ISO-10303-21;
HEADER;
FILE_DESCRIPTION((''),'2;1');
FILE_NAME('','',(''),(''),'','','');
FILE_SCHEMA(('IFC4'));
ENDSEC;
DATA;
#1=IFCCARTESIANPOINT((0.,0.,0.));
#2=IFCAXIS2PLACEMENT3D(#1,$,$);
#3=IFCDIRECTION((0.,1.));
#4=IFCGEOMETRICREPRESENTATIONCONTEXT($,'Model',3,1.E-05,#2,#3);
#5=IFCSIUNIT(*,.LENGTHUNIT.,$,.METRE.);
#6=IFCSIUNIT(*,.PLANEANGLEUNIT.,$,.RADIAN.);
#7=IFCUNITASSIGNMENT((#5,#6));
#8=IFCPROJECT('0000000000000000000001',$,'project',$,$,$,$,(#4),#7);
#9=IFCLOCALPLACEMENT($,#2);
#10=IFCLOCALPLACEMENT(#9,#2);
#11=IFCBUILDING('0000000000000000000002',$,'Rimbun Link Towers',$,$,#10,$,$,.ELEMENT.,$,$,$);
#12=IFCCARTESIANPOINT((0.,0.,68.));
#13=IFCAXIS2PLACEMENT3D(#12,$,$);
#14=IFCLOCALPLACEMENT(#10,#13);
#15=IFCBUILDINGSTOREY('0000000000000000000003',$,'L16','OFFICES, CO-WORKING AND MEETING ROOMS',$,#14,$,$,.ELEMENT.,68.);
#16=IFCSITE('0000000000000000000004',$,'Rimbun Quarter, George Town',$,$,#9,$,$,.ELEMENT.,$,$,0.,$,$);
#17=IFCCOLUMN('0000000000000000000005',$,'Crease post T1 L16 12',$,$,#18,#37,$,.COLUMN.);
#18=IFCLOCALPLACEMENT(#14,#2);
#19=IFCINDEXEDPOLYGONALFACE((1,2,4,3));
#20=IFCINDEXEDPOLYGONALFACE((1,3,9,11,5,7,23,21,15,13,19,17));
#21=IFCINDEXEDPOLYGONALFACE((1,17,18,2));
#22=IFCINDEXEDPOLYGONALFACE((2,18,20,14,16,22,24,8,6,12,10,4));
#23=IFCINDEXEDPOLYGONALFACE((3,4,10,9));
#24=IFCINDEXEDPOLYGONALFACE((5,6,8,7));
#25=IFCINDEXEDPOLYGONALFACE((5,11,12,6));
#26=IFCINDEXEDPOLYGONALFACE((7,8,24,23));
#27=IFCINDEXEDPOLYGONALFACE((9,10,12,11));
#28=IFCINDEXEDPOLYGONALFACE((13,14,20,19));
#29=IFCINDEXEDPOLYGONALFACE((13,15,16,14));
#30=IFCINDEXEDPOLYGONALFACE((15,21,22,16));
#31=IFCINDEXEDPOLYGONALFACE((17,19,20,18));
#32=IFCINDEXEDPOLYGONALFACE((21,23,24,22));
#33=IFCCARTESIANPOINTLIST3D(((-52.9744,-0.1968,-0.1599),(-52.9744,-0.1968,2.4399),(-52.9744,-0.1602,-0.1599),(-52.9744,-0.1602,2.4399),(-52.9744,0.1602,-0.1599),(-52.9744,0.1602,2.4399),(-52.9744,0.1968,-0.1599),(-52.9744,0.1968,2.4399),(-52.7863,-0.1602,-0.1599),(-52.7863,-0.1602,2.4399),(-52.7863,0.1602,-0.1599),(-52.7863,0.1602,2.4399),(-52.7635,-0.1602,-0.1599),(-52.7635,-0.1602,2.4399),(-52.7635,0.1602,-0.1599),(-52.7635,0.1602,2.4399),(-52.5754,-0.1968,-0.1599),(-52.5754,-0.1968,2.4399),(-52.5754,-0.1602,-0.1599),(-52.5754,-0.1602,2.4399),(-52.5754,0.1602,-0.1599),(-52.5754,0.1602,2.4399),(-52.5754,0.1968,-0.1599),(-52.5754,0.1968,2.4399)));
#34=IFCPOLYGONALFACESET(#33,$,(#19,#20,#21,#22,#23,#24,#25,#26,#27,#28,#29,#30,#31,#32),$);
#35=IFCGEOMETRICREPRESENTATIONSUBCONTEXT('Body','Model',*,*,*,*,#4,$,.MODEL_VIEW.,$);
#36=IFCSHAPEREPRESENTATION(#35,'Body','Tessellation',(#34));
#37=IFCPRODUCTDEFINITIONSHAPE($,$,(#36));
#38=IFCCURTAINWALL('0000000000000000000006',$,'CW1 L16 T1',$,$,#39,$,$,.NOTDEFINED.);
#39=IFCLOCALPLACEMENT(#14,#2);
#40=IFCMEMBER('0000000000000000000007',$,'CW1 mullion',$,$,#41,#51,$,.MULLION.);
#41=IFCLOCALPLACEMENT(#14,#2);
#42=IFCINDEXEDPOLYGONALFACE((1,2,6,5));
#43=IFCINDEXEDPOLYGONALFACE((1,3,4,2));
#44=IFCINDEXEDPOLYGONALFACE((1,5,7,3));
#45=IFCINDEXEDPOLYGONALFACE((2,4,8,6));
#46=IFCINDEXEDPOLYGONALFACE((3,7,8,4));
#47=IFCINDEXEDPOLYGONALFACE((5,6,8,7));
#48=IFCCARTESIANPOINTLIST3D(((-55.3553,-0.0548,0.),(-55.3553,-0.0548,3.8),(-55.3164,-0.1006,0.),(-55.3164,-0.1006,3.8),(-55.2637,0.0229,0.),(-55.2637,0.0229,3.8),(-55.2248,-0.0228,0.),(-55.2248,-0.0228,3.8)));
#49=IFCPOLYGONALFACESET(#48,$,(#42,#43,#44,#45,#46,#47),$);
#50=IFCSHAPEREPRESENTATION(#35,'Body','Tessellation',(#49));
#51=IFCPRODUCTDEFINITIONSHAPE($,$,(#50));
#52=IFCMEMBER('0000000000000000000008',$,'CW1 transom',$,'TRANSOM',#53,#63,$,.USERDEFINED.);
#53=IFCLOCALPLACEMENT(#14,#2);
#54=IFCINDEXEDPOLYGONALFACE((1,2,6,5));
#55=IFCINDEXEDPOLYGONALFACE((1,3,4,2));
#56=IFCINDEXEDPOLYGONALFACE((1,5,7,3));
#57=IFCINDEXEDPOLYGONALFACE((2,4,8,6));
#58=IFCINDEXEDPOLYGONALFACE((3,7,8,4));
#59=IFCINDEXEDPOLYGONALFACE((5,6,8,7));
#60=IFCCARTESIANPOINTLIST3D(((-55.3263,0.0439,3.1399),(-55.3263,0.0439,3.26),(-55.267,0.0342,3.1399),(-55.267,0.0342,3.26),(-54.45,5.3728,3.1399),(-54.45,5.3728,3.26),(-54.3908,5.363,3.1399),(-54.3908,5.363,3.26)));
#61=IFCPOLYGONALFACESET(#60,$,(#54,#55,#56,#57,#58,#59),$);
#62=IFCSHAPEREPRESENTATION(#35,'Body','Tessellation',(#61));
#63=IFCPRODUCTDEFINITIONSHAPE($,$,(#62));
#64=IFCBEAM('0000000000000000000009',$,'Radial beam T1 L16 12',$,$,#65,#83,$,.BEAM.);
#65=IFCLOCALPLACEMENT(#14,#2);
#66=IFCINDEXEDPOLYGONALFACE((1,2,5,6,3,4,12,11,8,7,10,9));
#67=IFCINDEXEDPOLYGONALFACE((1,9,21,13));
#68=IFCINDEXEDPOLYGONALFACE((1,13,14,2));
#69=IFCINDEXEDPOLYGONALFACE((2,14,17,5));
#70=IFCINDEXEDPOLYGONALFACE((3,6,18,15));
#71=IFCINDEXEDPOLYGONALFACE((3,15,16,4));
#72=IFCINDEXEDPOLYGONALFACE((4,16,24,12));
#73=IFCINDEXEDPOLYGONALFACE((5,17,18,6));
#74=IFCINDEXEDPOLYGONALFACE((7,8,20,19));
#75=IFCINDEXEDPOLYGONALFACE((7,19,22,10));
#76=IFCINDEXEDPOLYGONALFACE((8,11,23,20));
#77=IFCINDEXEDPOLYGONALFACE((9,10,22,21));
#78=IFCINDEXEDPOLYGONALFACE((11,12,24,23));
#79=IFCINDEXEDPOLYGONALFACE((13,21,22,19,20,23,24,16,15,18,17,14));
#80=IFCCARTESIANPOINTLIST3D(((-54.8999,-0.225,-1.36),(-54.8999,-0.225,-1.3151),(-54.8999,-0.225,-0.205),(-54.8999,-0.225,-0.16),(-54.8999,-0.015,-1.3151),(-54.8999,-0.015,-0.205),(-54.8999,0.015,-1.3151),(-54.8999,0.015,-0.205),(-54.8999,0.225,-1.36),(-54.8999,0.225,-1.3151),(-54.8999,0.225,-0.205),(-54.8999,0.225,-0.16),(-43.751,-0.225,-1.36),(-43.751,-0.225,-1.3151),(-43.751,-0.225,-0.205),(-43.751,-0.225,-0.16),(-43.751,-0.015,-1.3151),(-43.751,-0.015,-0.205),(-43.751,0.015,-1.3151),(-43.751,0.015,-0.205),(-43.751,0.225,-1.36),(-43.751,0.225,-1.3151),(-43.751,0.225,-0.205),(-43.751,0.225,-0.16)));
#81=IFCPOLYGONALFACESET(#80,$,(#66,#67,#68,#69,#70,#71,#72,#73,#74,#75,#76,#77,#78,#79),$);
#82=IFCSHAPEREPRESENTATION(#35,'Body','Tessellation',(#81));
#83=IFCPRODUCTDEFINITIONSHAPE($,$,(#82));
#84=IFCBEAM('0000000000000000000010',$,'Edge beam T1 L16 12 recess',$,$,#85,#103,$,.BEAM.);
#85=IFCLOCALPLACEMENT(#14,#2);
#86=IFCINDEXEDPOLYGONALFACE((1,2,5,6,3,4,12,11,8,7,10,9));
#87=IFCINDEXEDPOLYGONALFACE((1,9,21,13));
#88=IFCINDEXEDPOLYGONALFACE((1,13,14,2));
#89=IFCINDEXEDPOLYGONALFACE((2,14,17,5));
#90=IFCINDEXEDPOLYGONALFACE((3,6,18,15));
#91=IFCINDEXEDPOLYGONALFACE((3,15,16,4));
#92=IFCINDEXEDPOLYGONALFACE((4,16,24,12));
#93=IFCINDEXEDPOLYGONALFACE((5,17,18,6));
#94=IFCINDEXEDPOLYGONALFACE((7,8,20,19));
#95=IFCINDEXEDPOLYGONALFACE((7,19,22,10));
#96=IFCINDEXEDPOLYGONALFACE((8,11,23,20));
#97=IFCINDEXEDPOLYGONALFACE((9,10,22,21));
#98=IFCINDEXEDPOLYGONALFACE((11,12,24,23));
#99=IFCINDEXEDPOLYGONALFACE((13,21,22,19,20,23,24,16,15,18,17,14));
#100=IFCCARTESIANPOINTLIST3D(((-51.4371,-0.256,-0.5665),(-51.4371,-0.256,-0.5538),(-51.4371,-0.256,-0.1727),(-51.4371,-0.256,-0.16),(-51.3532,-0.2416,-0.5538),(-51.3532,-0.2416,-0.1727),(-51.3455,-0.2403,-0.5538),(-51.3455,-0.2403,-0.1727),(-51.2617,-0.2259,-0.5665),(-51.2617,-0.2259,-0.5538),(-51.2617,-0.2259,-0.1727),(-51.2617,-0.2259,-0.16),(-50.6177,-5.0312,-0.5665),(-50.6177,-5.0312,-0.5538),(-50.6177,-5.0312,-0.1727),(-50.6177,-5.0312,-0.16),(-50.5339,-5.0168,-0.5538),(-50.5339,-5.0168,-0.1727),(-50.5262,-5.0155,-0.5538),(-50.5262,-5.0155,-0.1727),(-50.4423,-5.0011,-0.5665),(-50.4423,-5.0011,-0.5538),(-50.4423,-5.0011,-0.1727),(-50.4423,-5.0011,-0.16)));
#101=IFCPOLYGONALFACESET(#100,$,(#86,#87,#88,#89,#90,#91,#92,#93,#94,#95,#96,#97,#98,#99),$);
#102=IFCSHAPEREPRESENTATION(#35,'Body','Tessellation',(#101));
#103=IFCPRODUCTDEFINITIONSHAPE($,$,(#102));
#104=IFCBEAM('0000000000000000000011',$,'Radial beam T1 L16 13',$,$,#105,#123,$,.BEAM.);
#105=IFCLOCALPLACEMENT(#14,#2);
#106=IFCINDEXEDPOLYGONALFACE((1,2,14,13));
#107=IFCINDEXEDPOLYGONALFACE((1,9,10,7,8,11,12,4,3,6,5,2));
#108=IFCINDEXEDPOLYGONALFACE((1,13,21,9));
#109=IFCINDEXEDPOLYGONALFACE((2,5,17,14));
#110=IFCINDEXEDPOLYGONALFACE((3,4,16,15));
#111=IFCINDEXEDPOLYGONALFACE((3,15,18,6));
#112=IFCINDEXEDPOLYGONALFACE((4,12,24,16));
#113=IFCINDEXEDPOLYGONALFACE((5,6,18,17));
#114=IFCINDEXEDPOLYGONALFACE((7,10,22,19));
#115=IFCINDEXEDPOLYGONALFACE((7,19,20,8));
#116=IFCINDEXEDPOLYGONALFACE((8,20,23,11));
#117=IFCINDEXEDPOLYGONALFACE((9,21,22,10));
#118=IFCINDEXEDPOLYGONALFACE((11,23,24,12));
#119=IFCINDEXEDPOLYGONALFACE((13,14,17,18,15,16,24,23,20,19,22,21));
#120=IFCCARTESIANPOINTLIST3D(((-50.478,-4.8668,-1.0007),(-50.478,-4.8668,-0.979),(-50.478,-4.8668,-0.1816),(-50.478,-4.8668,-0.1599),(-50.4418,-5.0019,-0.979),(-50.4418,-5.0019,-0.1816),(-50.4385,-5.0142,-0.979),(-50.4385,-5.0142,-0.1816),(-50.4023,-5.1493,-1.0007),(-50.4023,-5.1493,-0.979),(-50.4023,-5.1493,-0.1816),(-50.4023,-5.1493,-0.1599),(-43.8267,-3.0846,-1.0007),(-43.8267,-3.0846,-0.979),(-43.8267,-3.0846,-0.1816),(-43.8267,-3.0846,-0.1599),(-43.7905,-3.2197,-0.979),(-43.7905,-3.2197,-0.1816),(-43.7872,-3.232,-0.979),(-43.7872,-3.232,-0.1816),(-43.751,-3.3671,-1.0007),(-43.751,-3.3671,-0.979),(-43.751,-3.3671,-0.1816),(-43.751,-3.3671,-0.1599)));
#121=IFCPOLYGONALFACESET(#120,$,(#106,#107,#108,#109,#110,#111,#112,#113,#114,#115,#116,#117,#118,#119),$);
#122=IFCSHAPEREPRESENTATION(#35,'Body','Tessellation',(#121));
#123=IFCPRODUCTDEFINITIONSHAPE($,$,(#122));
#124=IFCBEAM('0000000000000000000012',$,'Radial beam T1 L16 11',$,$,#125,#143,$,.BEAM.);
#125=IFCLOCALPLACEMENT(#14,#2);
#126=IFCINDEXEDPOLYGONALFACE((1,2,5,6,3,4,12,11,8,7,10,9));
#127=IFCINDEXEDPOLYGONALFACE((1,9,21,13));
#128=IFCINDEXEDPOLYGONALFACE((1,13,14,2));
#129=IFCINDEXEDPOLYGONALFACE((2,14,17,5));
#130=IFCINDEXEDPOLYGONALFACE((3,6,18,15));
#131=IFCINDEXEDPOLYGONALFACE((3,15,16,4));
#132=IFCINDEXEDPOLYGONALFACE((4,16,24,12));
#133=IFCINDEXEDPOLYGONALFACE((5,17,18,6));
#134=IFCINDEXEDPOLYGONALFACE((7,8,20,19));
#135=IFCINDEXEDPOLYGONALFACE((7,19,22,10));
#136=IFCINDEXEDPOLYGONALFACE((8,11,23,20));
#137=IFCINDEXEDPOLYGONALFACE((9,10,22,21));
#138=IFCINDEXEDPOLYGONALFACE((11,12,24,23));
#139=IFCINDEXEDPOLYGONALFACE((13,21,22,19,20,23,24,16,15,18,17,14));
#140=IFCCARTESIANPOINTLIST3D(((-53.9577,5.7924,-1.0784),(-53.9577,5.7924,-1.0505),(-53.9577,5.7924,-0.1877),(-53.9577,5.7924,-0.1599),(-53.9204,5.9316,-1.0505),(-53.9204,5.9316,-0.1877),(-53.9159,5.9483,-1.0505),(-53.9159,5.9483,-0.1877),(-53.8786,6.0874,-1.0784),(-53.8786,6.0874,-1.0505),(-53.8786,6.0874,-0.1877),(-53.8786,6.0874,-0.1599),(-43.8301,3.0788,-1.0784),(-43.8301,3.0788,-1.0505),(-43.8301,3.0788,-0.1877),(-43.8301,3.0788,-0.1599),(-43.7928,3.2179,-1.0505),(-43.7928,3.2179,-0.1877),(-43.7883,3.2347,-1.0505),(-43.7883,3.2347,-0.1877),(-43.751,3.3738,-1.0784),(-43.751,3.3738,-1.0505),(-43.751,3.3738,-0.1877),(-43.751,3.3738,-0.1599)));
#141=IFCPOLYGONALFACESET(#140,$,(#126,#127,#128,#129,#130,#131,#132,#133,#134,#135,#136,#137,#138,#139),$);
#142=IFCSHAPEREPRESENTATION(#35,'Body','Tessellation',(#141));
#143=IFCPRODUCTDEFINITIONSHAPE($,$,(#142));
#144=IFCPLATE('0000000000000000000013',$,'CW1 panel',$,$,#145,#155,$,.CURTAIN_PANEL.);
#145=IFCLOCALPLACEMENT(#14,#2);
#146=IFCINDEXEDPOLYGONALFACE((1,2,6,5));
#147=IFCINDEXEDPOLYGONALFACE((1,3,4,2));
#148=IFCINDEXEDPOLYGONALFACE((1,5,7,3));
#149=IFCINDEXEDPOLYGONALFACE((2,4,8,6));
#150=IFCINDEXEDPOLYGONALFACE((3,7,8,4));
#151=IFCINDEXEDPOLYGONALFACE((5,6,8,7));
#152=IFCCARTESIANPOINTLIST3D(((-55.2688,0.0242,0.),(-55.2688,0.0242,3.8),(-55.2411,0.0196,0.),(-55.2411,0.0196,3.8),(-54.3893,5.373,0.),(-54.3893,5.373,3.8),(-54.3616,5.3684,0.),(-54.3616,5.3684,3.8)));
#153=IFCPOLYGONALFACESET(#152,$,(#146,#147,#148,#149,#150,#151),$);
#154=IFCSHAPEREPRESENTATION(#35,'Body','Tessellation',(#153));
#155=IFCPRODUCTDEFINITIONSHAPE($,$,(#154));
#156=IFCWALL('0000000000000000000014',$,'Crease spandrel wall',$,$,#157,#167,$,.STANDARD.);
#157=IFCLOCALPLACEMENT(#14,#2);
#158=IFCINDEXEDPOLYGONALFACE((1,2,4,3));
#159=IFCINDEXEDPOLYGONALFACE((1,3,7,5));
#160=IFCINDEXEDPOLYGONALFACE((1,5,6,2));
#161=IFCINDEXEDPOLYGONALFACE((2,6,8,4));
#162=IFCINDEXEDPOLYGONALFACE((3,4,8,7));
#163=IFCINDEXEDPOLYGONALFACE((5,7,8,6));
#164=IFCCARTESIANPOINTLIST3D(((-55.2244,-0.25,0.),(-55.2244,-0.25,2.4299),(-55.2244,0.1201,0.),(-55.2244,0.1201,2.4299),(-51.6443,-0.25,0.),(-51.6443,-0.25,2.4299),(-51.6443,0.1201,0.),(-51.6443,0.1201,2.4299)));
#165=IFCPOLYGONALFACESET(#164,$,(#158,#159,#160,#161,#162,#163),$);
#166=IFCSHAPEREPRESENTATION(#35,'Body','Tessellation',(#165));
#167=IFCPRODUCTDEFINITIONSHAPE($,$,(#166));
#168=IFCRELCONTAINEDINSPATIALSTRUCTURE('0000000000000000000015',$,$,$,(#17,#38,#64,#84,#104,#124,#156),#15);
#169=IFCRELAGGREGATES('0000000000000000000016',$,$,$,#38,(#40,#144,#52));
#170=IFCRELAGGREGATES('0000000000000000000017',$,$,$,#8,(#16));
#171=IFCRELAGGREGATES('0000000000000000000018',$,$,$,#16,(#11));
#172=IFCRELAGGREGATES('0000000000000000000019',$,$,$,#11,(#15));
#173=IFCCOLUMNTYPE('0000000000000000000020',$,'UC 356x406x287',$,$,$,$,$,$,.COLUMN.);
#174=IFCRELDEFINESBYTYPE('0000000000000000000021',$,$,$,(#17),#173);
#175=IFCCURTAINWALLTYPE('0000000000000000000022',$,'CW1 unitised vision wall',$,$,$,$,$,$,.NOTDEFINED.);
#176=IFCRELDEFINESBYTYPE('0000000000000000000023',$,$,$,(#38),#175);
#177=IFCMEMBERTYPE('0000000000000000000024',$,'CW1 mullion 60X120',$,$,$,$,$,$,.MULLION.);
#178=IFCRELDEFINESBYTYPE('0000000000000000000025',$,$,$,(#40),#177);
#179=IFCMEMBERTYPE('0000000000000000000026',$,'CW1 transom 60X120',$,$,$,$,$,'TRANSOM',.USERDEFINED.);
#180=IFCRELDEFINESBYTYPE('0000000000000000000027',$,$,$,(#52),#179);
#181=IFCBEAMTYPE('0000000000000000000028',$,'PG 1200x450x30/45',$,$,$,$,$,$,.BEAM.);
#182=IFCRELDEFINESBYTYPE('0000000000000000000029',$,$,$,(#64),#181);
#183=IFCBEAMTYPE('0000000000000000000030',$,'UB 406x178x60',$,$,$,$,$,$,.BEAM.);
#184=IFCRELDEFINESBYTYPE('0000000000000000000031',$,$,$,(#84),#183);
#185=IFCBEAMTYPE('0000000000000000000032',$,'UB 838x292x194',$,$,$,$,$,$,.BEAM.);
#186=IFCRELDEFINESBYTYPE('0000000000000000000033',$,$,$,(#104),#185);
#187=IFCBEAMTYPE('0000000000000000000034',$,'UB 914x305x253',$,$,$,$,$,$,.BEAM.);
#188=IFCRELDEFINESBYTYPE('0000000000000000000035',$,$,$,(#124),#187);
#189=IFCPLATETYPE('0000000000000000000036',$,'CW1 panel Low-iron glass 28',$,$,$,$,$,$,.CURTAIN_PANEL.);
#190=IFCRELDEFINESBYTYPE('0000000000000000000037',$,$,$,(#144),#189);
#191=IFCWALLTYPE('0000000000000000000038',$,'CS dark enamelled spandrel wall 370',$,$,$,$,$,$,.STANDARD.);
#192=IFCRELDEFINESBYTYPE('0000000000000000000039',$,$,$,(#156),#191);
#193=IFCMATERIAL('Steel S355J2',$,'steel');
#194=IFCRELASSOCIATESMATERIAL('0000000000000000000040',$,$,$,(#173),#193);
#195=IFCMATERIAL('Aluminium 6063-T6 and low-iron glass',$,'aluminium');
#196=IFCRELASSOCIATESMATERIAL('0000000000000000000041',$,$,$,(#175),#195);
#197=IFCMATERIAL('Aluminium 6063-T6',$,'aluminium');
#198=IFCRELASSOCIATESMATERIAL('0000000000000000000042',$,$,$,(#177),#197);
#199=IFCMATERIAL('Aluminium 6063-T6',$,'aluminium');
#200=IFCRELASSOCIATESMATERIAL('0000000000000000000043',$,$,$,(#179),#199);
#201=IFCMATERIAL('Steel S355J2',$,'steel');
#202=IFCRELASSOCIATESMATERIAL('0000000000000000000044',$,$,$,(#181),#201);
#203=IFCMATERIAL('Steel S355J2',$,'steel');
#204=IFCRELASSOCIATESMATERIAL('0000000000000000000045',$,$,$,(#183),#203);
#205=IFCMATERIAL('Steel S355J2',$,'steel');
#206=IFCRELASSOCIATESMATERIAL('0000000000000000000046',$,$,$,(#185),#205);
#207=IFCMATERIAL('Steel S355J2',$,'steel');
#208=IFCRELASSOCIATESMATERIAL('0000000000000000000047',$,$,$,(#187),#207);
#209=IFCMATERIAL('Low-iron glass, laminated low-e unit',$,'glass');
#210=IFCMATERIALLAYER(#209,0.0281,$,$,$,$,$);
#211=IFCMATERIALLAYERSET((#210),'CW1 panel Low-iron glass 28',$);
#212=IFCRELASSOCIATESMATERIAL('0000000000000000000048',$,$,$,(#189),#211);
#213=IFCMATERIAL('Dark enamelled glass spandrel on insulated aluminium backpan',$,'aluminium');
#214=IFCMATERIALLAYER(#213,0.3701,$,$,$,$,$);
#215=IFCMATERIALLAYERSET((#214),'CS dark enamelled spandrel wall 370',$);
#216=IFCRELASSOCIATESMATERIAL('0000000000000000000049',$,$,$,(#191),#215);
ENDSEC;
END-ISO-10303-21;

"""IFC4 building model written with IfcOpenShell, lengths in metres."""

from ifc_helpers import new_model, si_unit, direction, frame, frame_2d, origin, origin_2d, place, context, subcontext, project, spatial, rectangle, i_section, extrude, material, layer, layer_set, material_profile, profile_set, type_object, element, aggregate, save


model = new_model("IFC4")

# Units and contexts
model_context = context("Model", 3, precision=1e-05, world=origin(), true_north=direction((0.0, 1.0)))
body_context = subcontext(model_context, "Body", "Model", "MODEL_VIEW")
ifc_project = project(units=[si_unit("LENGTHUNIT", "METRE"), si_unit("PLANEANGLEUNIT", "RADIAN")], contexts=[model_context])

# Site, building, storey
site_placement = place(None, origin())
site = spatial("IfcSite", under=ifc_project, at=site_placement, Name="Rimbun Quarter, George Town", CompositionType="ELEMENT", RefElevation=0.0)
building_placement = place(site_placement, origin())
building = spatial("IfcBuilding", under=site, at=building_placement, Name="Rimbun Link Towers", CompositionType="ELEMENT")
storey_placement = place(building_placement, frame((0.0, 0.0, 68.0)))
storey = spatial("IfcBuildingStorey", under=building, at=storey_placement, Name="L16", Description="OFFICES, CO-WORKING AND MEETING ROOMS", CompositionType="ELEMENT", Elevation=68.0)

# Column
ifc_material_1 = material(Name="Steel S355J2", Category="steel")
ifc_material_profile_1 = material_profile(ifc_material_1, i_section(OverallWidth=0.3989, OverallDepth=0.3936, WebThickness=0.0227, FlangeThickness=0.0366, at=origin_2d()), Name="UC 356x406x287")
ifc_profile_set_1 = profile_set([ifc_material_profile_1], Name="Steel S355J2")
column_type = type_object("IfcColumnType", Name="UC 356x406x287", PredefinedType="COLUMN", material=ifc_profile_set_1)
column_placement = place(storey_placement, frame((-52.7749, 0.0, -0.1599), z_axis=(0.0, 0.0, 1.0), x_axis=(1.0, 0.0, 0.0)))
element("IfcColumn", 1, at=column_placement, inside=storey, type_object=column_type, Name="Crease post T1 L16 12", PredefinedType="COLUMN", context=body_context, shape_type="SweptSolid", body=[
    extrude(i_section(OverallWidth=0.3989, OverallDepth=0.3936, WebThickness=0.0227, FlangeThickness=0.0366, at=origin_2d()), origin(), (0.0, 0.0, 1.0), 2.5999),
])

# Curtain wall, members
ifc_material_2 = material(Name="Aluminium 6063-T6 and low-iron glass", Category="aluminium")
curtain_wall_type = type_object("IfcCurtainWallType", Name="CW1 unitised vision wall", PredefinedType="NOTDEFINED", material=ifc_material_2)
curtain_wall_placement = place(storey_placement, origin())
curtain_wall = element("IfcCurtainWall", 2, at=curtain_wall_placement, inside=storey, type_object=curtain_wall_type, Name="CW1 L16 T1", PredefinedType="NOTDEFINED")
ifc_material_3 = material(Name="Aluminium 6063-T6", Category="aluminium")
ifc_material_profile_2 = material_profile(ifc_material_3, rectangle(XDim=0.1201, YDim=0.0601, at=origin_2d()), Name="MULLION 60X120")
ifc_profile_set_2 = profile_set([ifc_material_profile_2], Name="Aluminium 6063-T6")
member_type_1 = type_object("IfcMemberType", Name="CW1 mullion 60X120", PredefinedType="MULLION", material=ifc_profile_set_2)
member_1_placement = place(storey_placement, frame((-55.29, -0.0388, 0.0), z_axis=(0.0, 0.0, 1.0), x_axis=(-0.762319, -0.647202, 0.0)))
member_1 = element("IfcMember", 3, at=member_1_placement, type_object=member_type_1, Name="CW1 mullion", PredefinedType="MULLION", context=body_context, shape_type="SweptSolid", body=[
    extrude(rectangle(XDim=0.1201, YDim=0.0601, at=origin_2d()), origin(), (0.0, 0.0, 1.0), 3.8),
])
ifc_material_4 = material(Name="Aluminium 6063-T6", Category="aluminium")
ifc_material_profile_3 = material_profile(ifc_material_4, rectangle(XDim=0.0601, YDim=0.1201, at=origin_2d()), Name="TRANSOM 60X120")
ifc_profile_set_3 = profile_set([ifc_material_profile_3], Name="Aluminium 6063-T6")
member_type_2 = type_object("IfcMemberType", Name="CW1 transom 60X120", ElementType="TRANSOM", PredefinedType="USERDEFINED", material=ifc_profile_set_3)
member_2_placement = place(storey_placement, frame((-55.2966, 0.0391, 3.2), z_axis=(0.162251, 0.98675, 0.0), x_axis=(-0.98675, 0.162251, 0.0)))
member_2 = element("IfcMember", 4, at=member_2_placement, type_object=member_type_2, Name="CW1 transom", ObjectType="TRANSOM", PredefinedType="USERDEFINED", context=body_context, shape_type="SweptSolid", body=[
    extrude(rectangle(XDim=0.0601, YDim=0.1201, at=origin_2d()), origin(), (0.0, 0.0, 1.0), 5.4004),
])

# Beams
ifc_material_5 = material(Name="Steel S355J2", Category="steel")
ifc_material_profile_4 = material_profile(ifc_material_5, i_section(OverallWidth=0.45, OverallDepth=1.2, WebThickness=0.03, FlangeThickness=0.0449, at=origin_2d()), Name="PG 1200x450x30/45")
ifc_profile_set_4 = profile_set([ifc_material_profile_4], Name="Steel S355J2")
beam_type_1 = type_object("IfcBeamType", Name="PG 1200x450x30/45", PredefinedType="BEAM", material=ifc_profile_set_4)
beam_1_placement = place(storey_placement, frame((-43.751, 0.0, -0.76), z_axis=(-1.0, 0.0, 0.0), x_axis=(0.0, -1.0, 0.0)))
element("IfcBeam", 5, at=beam_1_placement, inside=storey, type_object=beam_type_1, Name="Radial beam T1 L16 12", PredefinedType="BEAM", context=body_context, shape_type="SweptSolid", body=[
    extrude(i_section(OverallWidth=0.45, OverallDepth=1.2, WebThickness=0.03, FlangeThickness=0.0449, at=origin_2d()), origin(), (0.0, 0.0, 1.0), 11.1489),
])
ifc_material_6 = material(Name="Steel S355J2", Category="steel")
ifc_material_profile_5 = material_profile(ifc_material_6, i_section(OverallWidth=0.178, OverallDepth=0.4065, WebThickness=0.0078, FlangeThickness=0.0127, at=origin_2d()), Name="UB 406x178x60")
ifc_profile_set_5 = profile_set([ifc_material_profile_5], Name="Steel S355J2")
beam_type_2 = type_object("IfcBeamType", Name="UB 406x178x60", PredefinedType="BEAM", material=ifc_profile_set_5)
beam_2_placement = place(storey_placement, frame((-51.3494, -0.241, -0.3633), z_axis=(0.169112, -0.985597, 0.0), x_axis=(0.985597, 0.169112, 0.0)))
element("IfcBeam", 6, at=beam_2_placement, inside=storey, type_object=beam_type_2, Name="Edge beam T1 L16 12 recess", PredefinedType="BEAM", context=body_context, shape_type="SweptSolid", body=[
    extrude(i_section(OverallWidth=0.178, OverallDepth=0.4065, WebThickness=0.0078, FlangeThickness=0.0127, at=origin_2d()), origin(), (0.0, 0.0, 1.0), 4.845),
])
ifc_material_7 = material(Name="Steel S355J2", Category="steel")
ifc_material_profile_6 = material_profile(ifc_material_7, i_section(OverallWidth=0.2925, OverallDepth=0.8408, WebThickness=0.0127, FlangeThickness=0.0217, at=origin_2d()), Name="UB 838x292x194")
ifc_profile_set_6 = profile_set([ifc_material_profile_6], Name="Steel S355J2")
beam_type_3 = type_object("IfcBeamType", Name="UB 838x292x194", PredefinedType="BEAM", material=ifc_profile_set_6)
beam_3_placement = place(storey_placement, frame((-43.7888, -3.2258, -0.5803), z_axis=(-0.965926, -0.258819, 0.0), x_axis=(0.258819, -0.965926, 0.0)))
element("IfcBeam", 7, at=beam_3_placement, inside=storey, type_object=beam_type_3, Name="Radial beam T1 L16 13", PredefinedType="BEAM", context=body_context, shape_type="SweptSolid", body=[
    extrude(i_section(OverallWidth=0.2925, OverallDepth=0.8408, WebThickness=0.0127, FlangeThickness=0.0217, at=origin_2d()), origin(), (0.0, 0.0, 1.0), 6.886),
])
ifc_material_8 = material(Name="Steel S355J2", Category="steel")
ifc_material_profile_7 = material_profile(ifc_material_8, i_section(OverallWidth=0.3054, OverallDepth=0.9185, WebThickness=0.0173, FlangeThickness=0.0278, at=origin_2d()), Name="UB 914x305x253")
ifc_profile_set_7 = profile_set([ifc_material_profile_7], Name="Steel S355J2")
beam_type_4 = type_object("IfcBeamType", Name="UB 914x305x253", PredefinedType="BEAM", material=ifc_profile_set_7)
beam_4_placement = place(storey_placement, frame((-43.7905, 3.2263, -0.6191), z_axis=(-0.965928, 0.258812, 0.0), x_axis=(-0.258812, -0.965928, 0.0)))
element("IfcBeam", 8, at=beam_4_placement, inside=storey, type_object=beam_type_4, Name="Radial beam T1 L16 11", PredefinedType="BEAM", context=body_context, shape_type="SweptSolid", body=[
    extrude(i_section(OverallWidth=0.3054, OverallDepth=0.9185, WebThickness=0.0173, FlangeThickness=0.0278, at=origin_2d()), origin(), (0.0, 0.0, 1.0), 10.4849),
])

# Plate
ifc_material_9 = material(Name="Low-iron glass, laminated low-e unit", Category="glass")
ifc_layer_1 = layer(ifc_material_9, 0.0281)
ifc_layer_set_1 = layer_set([ifc_layer_1], Name="CW1 panel Low-iron glass 28")
plate_type = type_object("IfcPlateType", Name="CW1 panel Low-iron glass 28", PredefinedType="CURTAIN_PANEL", material=ifc_layer_set_1)
plate_placement = place(storey_placement, frame((-54.8152, 2.6963, 0.0), z_axis=(0.0, 0.0, 1.0), x_axis=(0.16226, 0.986748, 0.0)))
plate = element("IfcPlate", 9, at=plate_placement, type_object=plate_type, Name="CW1 panel", PredefinedType="CURTAIN_PANEL", context=body_context, shape_type="SweptSolid", body=[
    extrude(rectangle(XDim=5.4207, YDim=0.0281, at=origin_2d()), origin(), (0.0, 0.0, 1.0), 3.8),
])
aggregate(curtain_wall, [member_1, plate, member_2])

# Wall
ifc_material_10 = material(Name="Dark enamelled glass spandrel on insulated aluminium backpan", Category="aluminium")
ifc_layer_2 = layer(ifc_material_10, 0.3701)
ifc_layer_set_2 = layer_set([ifc_layer_2], Name="CS dark enamelled spandrel wall 370")
wall_type_1 = type_object("IfcWallType", Name="CS dark enamelled spandrel wall 370", PredefinedType="STANDARD", material=ifc_layer_set_2)
wall_1_placement = place(storey_placement, frame((-51.6443, -0.0649, 0.0), z_axis=(0.0, 0.0, 1.0), x_axis=(-1.0, 0.0, 0.0)))
element("IfcWall", 10, at=wall_1_placement, inside=storey, type_object=wall_type_1, Name="Crease spandrel wall", PredefinedType="STANDARD", context=body_context, shape_type="SweptSolid", body=[
    extrude(rectangle(XDim=3.5801, YDim=0.3701, at=frame_2d((1.79, 0.0))), origin(), (0.0, 0.0, 1.0), 2.4299),
])

save(model, "model.ifc")
